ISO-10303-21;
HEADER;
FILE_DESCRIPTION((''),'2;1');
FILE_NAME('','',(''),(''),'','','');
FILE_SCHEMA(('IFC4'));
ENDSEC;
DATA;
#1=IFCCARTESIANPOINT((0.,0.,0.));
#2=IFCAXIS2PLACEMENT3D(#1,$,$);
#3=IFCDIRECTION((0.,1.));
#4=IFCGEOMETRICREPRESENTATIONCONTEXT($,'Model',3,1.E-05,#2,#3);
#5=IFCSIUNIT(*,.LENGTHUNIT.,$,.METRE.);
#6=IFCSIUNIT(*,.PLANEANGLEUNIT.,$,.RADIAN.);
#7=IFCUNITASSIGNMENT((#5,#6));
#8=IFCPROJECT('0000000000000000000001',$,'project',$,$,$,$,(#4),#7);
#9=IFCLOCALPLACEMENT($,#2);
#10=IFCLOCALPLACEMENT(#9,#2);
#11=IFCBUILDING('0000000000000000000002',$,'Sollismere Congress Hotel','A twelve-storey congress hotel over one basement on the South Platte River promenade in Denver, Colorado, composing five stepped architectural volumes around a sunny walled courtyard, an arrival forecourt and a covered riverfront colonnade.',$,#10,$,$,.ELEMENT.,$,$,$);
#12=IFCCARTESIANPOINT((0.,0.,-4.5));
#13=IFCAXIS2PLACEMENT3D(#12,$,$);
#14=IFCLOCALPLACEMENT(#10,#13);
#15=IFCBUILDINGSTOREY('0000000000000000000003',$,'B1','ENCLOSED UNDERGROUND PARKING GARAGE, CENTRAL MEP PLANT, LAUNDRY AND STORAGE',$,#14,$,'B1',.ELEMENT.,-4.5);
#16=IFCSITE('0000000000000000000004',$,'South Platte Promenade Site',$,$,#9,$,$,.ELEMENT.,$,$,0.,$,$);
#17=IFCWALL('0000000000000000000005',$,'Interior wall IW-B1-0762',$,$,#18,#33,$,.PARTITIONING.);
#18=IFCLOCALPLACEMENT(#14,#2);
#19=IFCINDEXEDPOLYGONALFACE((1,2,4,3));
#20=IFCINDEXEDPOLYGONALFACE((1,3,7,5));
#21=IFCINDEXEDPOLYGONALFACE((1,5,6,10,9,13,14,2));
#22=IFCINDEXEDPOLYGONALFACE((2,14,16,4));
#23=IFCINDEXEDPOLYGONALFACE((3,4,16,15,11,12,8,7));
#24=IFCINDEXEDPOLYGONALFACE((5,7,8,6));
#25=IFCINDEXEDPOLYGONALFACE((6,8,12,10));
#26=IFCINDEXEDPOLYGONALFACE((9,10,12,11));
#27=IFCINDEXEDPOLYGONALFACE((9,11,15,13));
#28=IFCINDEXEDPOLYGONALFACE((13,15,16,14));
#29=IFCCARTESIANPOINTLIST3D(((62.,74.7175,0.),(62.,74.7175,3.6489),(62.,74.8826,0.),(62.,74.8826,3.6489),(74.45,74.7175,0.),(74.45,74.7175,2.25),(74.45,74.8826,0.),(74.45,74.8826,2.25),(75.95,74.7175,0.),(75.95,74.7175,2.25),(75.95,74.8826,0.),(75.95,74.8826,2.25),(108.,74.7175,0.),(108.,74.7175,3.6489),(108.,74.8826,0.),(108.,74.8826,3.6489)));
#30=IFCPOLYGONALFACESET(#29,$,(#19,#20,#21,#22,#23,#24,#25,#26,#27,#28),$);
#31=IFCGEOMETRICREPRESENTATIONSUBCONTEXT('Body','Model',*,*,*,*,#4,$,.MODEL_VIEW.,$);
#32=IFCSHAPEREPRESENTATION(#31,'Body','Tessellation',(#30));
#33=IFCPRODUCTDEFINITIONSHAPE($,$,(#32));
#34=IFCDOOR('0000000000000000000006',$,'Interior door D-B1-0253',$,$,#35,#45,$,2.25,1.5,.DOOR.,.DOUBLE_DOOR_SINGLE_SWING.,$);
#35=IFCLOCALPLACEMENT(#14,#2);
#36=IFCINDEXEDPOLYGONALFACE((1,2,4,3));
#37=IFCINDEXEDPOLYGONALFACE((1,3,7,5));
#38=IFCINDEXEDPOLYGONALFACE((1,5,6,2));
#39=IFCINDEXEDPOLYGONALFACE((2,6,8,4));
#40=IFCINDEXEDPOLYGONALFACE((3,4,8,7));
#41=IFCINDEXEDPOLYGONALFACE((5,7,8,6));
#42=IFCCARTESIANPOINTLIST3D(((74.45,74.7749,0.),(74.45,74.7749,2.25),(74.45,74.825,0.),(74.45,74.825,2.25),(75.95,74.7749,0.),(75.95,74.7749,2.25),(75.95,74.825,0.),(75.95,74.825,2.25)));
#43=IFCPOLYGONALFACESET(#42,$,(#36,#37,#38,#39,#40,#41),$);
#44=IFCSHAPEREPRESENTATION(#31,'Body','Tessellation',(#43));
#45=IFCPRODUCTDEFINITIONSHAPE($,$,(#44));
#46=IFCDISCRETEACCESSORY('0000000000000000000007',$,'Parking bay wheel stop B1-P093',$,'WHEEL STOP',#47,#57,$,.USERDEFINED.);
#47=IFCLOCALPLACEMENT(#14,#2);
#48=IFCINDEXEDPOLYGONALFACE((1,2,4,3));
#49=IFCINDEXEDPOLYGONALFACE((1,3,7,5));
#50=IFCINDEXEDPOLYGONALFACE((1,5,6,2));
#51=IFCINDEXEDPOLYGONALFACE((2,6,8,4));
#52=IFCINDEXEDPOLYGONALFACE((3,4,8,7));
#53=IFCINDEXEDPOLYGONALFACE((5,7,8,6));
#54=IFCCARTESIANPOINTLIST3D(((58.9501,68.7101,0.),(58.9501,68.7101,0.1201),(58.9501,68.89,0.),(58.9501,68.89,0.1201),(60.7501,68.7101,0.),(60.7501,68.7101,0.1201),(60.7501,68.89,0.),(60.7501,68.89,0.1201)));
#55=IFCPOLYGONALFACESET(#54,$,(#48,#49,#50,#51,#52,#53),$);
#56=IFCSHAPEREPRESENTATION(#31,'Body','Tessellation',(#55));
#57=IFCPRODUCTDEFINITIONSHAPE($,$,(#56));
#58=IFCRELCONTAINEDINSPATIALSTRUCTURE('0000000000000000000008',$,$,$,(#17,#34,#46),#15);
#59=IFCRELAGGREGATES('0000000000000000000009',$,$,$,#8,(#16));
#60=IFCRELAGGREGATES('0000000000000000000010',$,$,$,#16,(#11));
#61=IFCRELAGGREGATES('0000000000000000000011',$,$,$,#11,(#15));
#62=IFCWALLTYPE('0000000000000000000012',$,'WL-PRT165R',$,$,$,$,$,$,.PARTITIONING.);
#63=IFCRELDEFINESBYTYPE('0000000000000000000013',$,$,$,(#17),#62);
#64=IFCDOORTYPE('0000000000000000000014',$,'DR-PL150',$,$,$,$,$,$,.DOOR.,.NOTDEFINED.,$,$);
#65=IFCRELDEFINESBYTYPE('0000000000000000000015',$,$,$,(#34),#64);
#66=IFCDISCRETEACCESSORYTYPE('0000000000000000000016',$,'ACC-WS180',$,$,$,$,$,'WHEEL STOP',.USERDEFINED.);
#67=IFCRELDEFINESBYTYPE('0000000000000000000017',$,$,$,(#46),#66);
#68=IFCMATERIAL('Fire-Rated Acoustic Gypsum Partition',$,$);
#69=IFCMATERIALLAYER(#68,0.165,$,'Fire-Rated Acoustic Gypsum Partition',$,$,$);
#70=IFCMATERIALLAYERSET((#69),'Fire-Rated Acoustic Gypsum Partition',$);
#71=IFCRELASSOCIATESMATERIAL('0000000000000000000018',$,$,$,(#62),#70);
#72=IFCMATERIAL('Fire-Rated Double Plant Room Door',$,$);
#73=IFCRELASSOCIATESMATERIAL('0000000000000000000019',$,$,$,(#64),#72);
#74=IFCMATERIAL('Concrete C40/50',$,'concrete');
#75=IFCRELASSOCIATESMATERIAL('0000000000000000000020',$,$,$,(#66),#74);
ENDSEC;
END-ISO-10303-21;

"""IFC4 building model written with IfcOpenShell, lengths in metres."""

from ifc_helpers import new_model, si_unit, direction, frame, frame_2d, origin, origin_2d, place, context, subcontext, project, spatial, rectangle, extrude, material, layer, layer_set, type_object, element, fill, save


model = new_model("IFC4")

# Units and contexts
model_context = context("Model", 3, precision=1e-05, world=origin(), true_north=direction((0.0, 1.0)))
body_context = subcontext(model_context, "Body", "Model", "MODEL_VIEW")
ifc_project = project(units=[si_unit("LENGTHUNIT", "METRE"), si_unit("PLANEANGLEUNIT", "RADIAN")], contexts=[model_context])

# Site, building, storey
site_placement = place(None, origin())
site = spatial("IfcSite", under=ifc_project, at=site_placement, Name="South Platte Promenade Site", CompositionType="ELEMENT", RefElevation=0.0)
building_placement = place(site_placement, origin())
building = spatial("IfcBuilding", under=site, at=building_placement, Name="Sollismere Congress Hotel", Description="A twelve-storey congress hotel over one basement on the South Platte River promenade in Denver, Colorado, composing five stepped architectural volumes around a sunny walled courtyard, an arrival forecourt and a covered riverfront colonnade.", CompositionType="ELEMENT")
storey_placement = place(building_placement, frame((0.0, 0.0, -4.5)))
storey = spatial("IfcBuildingStorey", under=building, at=storey_placement, Name="B1", Description="ENCLOSED UNDERGROUND PARKING GARAGE, CENTRAL MEP PLANT, LAUNDRY AND STORAGE", LongName="B1", CompositionType="ELEMENT", Elevation=-4.5)

# Shared definitions
ifc_material_1 = material(Name="Concrete C40/50", Category="concrete")

# Wall, opening, door
ifc_material_2 = material(Name="Fire-Rated Acoustic Gypsum Partition")
ifc_layer = layer(ifc_material_2, 0.165, Name="Fire-Rated Acoustic Gypsum Partition")
ifc_layer_set = layer_set([ifc_layer], Name="Fire-Rated Acoustic Gypsum Partition")
wall_type = type_object("IfcWallType", Name="WL-PRT165R", PredefinedType="PARTITIONING", material=ifc_layer_set)
wall_placement = place(storey_placement, frame((62.0, 74.8, 0.0), z_axis=(0.0, 0.0, 1.0), x_axis=(1.0, 0.0, 0.0)))
wall = element("IfcWall", 1, at=wall_placement, inside=storey, type_object=wall_type, Name="Interior wall IW-B1-0762", PredefinedType="PARTITIONING", context=body_context, shape_type="SweptSolid", body=[
    extrude(rectangle(XDim=46.0, YDim=0.165, at=frame_2d((23.0, 0.0))), origin(), (0.0, 0.0, 1.0), 3.6489),
])
opening_placement = place(wall_placement, frame((12.45, 0.0, 0.0)))
opening = element("IfcOpeningElement", 2, at=opening_placement, cuts=wall, PredefinedType="OPENING", context=body_context, shape_type="SweptSolid", body=[
    extrude(rectangle(XDim=1.5, YDim=2.25, at=frame_2d((0.75, 1.125))), frame((0.0, 0.0925, 0.0), z_axis=(0.0, -1.0, 0.0), x_axis=(1.0, 0.0, 0.0)), (0.0, 0.0, 1.0), 0.1851),
])
ifc_material_3 = material(Name="Fire-Rated Double Plant Room Door")
door_type = type_object("IfcDoorType", Name="DR-PL150", OperationType="NOTDEFINED", PredefinedType="DOOR", material=ifc_material_3)
door_placement = place(opening_placement, origin())
door = element("IfcDoor", 3, at=door_placement, inside=storey, type_object=door_type, Name="Interior door D-B1-0253", OperationType="DOUBLE_DOOR_SINGLE_SWING", OverallHeight=2.25, OverallWidth=1.5, PredefinedType="DOOR", context=body_context, shape_type="SweptSolid", body=[
    extrude(rectangle(XDim=1.5, YDim=2.25, at=frame_2d((0.75, 1.125))), frame((0.0, 0.0249, 0.0), z_axis=(0.0, -1.0, 0.0), x_axis=(1.0, 0.0, 0.0)), (0.0, 0.0, 1.0), 0.05),
])
fill(opening, door)

# Discrete accessory
discrete_accessory_type = type_object("IfcDiscreteAccessoryType", Name="ACC-WS180", ElementType="WHEEL STOP", PredefinedType="USERDEFINED", material=ifc_material_1)
discrete_accessory_placement = place(storey_placement, frame((59.8501, 68.8, 0.0), z_axis=(0.0, 0.0, 1.0), x_axis=(1.0, 0.0, 0.0)))
element("IfcDiscreteAccessory", 4, at=discrete_accessory_placement, inside=storey, type_object=discrete_accessory_type, Name="Parking bay wheel stop B1-P093", ObjectType="WHEEL STOP", PredefinedType="USERDEFINED", context=body_context, shape_type="SweptSolid", body=[
    extrude(rectangle(XDim=1.8, YDim=0.1799, at=origin_2d()), origin(), (0.0, 0.0, 1.0), 0.1201),
])

save(model, "model.ifc")
